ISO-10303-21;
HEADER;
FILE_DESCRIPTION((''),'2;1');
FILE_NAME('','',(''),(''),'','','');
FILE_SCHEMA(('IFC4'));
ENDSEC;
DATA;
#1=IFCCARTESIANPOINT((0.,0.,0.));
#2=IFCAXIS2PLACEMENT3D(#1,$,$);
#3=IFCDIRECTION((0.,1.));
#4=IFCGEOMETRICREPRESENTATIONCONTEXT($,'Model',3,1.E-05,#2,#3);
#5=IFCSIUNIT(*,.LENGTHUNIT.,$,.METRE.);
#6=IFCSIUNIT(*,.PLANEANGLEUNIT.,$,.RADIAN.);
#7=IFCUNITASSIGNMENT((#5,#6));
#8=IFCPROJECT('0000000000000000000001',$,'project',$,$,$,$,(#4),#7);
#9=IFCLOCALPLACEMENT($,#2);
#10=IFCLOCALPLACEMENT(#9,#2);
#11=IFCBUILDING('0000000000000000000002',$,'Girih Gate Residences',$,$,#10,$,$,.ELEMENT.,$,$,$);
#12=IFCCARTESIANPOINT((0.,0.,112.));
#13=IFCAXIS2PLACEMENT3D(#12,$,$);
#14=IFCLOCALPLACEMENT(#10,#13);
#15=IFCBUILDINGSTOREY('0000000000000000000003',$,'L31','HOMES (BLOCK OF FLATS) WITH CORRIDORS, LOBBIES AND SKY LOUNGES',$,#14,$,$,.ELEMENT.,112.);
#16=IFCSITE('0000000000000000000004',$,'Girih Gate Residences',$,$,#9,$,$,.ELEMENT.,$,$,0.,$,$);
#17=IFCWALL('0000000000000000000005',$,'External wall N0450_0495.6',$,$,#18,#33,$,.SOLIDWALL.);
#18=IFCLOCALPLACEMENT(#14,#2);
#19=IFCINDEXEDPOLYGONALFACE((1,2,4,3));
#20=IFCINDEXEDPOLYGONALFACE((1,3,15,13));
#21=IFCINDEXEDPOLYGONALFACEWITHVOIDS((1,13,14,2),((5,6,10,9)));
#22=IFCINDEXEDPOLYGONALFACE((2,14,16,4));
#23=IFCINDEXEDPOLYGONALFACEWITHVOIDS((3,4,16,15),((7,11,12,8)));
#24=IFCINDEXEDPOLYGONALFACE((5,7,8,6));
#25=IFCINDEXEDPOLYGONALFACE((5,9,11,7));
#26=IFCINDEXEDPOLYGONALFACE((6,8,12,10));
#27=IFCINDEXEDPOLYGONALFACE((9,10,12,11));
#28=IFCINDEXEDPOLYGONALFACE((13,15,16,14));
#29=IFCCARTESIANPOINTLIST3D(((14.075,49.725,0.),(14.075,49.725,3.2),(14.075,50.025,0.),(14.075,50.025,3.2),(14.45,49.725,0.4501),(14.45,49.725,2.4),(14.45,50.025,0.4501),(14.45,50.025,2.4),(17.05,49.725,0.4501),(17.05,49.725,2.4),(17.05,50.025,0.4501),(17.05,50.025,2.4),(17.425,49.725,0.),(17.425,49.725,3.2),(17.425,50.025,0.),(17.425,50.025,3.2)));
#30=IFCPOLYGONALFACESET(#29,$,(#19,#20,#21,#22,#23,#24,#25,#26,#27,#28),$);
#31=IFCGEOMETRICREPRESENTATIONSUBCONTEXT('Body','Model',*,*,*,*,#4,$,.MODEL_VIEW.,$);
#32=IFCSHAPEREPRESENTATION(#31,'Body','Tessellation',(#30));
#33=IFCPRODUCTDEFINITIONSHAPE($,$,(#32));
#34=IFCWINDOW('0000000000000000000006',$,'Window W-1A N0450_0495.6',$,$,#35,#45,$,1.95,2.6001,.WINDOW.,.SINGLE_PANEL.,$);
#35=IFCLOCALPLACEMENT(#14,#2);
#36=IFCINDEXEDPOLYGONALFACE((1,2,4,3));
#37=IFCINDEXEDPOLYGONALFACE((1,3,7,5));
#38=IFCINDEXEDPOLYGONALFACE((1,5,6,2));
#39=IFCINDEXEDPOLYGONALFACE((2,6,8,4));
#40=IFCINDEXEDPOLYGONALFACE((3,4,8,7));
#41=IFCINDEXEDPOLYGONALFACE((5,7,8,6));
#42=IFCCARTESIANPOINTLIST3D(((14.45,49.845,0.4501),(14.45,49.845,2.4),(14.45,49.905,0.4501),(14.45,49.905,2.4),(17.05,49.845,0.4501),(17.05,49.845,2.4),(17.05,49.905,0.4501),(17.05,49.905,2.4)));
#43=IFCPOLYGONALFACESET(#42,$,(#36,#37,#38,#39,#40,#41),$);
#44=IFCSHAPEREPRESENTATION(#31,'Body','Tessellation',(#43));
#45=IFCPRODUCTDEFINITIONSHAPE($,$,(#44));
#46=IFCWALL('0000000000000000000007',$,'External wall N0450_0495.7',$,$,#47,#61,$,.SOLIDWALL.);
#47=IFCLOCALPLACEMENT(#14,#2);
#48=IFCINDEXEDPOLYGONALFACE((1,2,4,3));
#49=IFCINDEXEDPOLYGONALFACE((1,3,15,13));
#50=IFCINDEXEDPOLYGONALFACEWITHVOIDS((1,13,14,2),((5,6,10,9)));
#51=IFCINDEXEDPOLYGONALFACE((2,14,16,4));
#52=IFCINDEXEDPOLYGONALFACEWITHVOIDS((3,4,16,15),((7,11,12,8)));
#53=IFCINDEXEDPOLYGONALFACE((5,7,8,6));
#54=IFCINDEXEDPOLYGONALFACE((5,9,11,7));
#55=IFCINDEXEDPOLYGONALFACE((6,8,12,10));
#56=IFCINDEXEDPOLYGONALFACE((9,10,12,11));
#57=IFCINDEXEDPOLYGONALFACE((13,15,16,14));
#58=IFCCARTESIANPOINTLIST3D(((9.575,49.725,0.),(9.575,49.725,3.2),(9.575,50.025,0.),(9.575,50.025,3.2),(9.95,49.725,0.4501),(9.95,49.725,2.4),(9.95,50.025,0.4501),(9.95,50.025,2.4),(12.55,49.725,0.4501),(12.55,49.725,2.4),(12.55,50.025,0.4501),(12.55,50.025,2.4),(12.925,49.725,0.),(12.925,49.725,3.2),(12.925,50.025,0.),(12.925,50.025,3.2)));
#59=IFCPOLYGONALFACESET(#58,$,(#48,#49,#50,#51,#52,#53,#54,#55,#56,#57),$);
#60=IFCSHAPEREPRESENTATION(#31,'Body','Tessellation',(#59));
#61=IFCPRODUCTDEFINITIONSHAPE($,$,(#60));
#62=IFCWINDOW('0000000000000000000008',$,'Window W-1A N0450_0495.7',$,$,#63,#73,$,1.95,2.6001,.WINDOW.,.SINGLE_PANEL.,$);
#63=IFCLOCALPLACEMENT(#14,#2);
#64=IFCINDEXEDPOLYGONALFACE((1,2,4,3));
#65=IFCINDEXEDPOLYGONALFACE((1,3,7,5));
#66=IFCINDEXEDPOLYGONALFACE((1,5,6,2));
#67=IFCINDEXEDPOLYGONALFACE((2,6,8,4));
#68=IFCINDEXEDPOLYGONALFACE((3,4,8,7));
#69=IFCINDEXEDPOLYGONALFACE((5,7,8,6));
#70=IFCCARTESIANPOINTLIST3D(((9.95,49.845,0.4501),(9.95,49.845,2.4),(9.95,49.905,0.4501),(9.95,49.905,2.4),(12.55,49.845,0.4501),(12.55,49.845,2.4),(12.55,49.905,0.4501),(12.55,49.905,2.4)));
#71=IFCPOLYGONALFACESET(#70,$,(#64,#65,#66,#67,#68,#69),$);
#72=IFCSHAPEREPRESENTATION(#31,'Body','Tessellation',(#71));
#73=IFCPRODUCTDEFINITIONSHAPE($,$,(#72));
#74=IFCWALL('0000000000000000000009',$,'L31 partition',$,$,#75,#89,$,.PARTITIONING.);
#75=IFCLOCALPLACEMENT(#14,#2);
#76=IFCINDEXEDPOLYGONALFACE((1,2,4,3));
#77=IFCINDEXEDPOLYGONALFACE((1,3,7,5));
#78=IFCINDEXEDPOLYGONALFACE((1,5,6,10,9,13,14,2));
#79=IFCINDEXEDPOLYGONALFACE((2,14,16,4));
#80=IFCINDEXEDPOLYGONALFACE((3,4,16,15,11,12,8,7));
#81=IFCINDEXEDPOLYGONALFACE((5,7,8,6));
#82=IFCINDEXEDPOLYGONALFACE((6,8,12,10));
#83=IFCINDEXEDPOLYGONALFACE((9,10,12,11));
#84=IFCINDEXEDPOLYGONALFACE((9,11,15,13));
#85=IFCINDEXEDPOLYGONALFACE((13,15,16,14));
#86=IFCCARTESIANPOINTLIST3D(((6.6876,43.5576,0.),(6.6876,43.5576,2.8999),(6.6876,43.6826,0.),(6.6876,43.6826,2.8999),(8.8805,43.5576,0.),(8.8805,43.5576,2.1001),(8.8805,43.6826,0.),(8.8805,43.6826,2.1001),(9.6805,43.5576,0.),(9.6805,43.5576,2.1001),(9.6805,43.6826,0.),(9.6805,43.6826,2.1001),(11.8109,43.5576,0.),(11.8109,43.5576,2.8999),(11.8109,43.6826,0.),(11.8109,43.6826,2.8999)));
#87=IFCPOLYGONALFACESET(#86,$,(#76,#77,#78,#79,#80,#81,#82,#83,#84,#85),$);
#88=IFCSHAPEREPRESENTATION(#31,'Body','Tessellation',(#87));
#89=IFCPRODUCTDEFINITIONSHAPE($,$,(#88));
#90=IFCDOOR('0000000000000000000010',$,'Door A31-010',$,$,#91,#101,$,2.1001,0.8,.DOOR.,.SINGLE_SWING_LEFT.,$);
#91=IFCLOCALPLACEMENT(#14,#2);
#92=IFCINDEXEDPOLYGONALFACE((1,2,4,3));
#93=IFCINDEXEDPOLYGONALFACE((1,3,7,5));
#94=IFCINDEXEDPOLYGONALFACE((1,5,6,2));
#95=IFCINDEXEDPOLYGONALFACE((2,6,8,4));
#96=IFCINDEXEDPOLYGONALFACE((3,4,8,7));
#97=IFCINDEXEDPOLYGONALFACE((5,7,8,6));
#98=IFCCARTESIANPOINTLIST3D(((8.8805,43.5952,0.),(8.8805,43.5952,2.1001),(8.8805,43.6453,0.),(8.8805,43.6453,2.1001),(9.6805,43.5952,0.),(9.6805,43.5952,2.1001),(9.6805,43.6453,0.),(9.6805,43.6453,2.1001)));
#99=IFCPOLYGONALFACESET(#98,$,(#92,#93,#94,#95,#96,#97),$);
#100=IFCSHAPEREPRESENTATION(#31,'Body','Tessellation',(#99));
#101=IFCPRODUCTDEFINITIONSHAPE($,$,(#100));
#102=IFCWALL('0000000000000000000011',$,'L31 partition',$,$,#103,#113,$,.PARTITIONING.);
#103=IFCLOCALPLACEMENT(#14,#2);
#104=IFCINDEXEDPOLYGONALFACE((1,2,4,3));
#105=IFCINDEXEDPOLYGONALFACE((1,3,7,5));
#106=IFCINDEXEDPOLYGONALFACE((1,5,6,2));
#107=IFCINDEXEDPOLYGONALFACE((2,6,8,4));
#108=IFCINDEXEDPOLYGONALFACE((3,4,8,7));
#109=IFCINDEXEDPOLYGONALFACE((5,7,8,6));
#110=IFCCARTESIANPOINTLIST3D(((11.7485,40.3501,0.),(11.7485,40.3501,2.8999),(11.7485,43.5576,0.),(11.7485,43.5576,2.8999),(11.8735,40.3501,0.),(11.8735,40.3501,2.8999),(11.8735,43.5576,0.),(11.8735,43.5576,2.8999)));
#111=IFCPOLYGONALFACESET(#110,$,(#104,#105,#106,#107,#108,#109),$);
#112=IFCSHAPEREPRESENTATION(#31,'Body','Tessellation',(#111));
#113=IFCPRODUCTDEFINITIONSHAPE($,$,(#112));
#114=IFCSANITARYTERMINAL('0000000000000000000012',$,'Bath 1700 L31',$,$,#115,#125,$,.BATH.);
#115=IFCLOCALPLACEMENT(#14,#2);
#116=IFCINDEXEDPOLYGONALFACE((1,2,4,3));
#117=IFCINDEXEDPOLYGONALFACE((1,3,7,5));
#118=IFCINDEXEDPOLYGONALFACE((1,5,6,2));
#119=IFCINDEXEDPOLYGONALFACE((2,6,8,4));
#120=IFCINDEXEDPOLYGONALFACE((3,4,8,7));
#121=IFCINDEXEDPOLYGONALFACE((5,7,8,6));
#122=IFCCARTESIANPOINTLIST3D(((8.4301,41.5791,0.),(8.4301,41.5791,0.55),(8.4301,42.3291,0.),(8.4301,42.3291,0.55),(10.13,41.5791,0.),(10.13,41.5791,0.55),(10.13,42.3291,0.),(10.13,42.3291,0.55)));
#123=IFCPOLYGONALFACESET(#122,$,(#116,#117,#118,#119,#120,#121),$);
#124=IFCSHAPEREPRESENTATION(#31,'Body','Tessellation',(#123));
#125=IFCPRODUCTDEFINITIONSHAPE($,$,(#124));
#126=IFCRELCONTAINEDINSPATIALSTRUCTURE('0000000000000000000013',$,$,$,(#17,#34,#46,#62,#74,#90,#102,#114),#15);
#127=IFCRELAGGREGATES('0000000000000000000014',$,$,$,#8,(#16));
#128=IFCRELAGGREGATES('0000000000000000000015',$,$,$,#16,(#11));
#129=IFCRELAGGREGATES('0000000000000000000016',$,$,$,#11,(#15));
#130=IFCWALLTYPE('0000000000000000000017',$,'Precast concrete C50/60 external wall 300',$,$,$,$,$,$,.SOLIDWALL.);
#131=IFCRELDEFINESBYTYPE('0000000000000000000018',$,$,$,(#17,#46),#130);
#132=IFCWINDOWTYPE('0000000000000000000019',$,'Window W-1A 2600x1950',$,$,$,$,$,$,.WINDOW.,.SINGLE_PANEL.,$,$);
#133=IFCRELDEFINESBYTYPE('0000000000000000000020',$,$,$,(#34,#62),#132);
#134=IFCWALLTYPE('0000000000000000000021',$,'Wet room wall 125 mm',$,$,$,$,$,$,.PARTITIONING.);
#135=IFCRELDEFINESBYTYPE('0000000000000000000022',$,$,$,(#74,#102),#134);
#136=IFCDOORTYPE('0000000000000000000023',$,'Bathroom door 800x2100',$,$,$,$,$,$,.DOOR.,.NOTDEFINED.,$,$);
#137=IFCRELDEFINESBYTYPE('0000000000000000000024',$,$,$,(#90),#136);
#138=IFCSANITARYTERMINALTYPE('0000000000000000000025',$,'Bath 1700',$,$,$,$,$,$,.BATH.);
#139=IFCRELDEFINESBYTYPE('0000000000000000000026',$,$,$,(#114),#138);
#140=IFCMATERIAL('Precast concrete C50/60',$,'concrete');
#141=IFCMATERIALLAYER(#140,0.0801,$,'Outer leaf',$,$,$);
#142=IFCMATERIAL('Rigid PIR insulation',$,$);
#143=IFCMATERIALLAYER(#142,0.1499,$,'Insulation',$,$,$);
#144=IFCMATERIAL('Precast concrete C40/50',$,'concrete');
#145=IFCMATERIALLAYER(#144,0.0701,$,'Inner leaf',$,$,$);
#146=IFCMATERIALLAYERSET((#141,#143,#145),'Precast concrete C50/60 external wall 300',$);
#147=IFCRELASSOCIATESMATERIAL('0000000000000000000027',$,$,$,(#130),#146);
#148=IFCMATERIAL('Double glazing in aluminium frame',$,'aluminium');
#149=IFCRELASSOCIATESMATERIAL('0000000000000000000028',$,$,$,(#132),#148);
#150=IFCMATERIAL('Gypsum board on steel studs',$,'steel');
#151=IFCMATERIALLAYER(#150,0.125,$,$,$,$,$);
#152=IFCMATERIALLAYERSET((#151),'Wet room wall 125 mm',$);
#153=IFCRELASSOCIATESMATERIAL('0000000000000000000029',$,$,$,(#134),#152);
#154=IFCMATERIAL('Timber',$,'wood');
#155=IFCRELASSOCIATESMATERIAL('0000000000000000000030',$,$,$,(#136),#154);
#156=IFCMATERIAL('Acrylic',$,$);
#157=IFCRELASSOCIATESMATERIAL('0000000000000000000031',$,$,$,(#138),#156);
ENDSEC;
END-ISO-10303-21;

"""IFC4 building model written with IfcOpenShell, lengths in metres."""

from ifc_helpers import new_model, si_unit, direction, frame, frame_2d, origin, origin_2d, place, context, subcontext, project, spatial, rectangle, extrude, material, layer, layer_set, type_object, element, fill, save


model = new_model("IFC4")

# Units and contexts
model_context = context("Model", 3, precision=1e-05, world=origin(), true_north=direction((0.0, 1.0)))
body_context = subcontext(model_context, "Body", "Model", "MODEL_VIEW")
ifc_project = project(units=[si_unit("LENGTHUNIT", "METRE"), si_unit("PLANEANGLEUNIT", "RADIAN")], contexts=[model_context])

# Site, building, storey
site_placement = place(None, origin())
site = spatial("IfcSite", under=ifc_project, at=site_placement, Name="Girih Gate Residences", CompositionType="ELEMENT", RefElevation=0.0)
building_placement = place(site_placement, origin())
building = spatial("IfcBuilding", under=site, at=building_placement, Name="Girih Gate Residences", CompositionType="ELEMENT")
storey_placement = place(building_placement, frame((0.0, 0.0, 112.0)))
storey = spatial("IfcBuildingStorey", under=building, at=storey_placement, Name="L31", Description="HOMES (BLOCK OF FLATS) WITH CORRIDORS, LOBBIES AND SKY LOUNGES", CompositionType="ELEMENT", Elevation=112.0)

# Shared definitions
ifc_material_1 = material(Name="Gypsum board on steel studs", Category="steel")

# Shared definitions
ifc_material_2 = material(Name="Timber", Category="wood")

# Walls, openings, windows
ifc_material_3 = material(Name="Precast concrete C50/60", Category="concrete")
ifc_layer_1 = layer(ifc_material_3, 0.0801, Name="Outer leaf")
ifc_material_4 = material(Name="Rigid PIR insulation")
ifc_layer_2 = layer(ifc_material_4, 0.1499, Name="Insulation")
ifc_material_5 = material(Name="Precast concrete C40/50", Category="concrete")
ifc_layer_3 = layer(ifc_material_5, 0.0701, Name="Inner leaf")
ifc_layer_set_1 = layer_set([ifc_layer_1, ifc_layer_2, ifc_layer_3], Name="Precast concrete C50/60 external wall 300")
wall_type_1 = type_object("IfcWallType", Name="Precast concrete C50/60 external wall 300", PredefinedType="SOLIDWALL", material=ifc_layer_set_1)
ifc_material_6 = material(Name="Double glazing in aluminium frame", Category="aluminium")
window_type = type_object("IfcWindowType", Name="Window W-1A 2600x1950", PartitioningType="SINGLE_PANEL", PredefinedType="WINDOW", material=ifc_material_6)
wall_1_placement = place(storey_placement, frame((14.075, 49.875, 0.0), z_axis=(0.0, 0.0, 1.0), x_axis=(1.0, 0.0, 0.0)))
wall_1 = element("IfcWall", 1, at=wall_1_placement, inside=storey, type_object=wall_type_1, Name="External wall N0450_0495.6", PredefinedType="SOLIDWALL", context=body_context, shape_type="SweptSolid", body=[
    extrude(rectangle(XDim=3.3501, YDim=0.3, at=frame_2d((1.675, 0.0))), origin(), (0.0, 0.0, 1.0), 3.2),
])
opening_1_placement = place(wall_1_placement, frame((0.375, 0.0, 0.45)))
opening_1 = element("IfcOpeningElement", 2, at=opening_1_placement, cuts=wall_1, PredefinedType="OPENING", context=body_context, shape_type="SweptSolid", body=[
    extrude(rectangle(XDim=2.6001, YDim=1.95, at=frame_2d((1.3, 0.9751))), frame((0.0, 0.1599, 0.0), z_axis=(0.0, -1.0, 0.0), x_axis=(1.0, 0.0, 0.0)), (0.0, 0.0, 1.0), 0.3201),
])
window_1_placement = place(opening_1_placement, origin())
window_1 = element("IfcWindow", 3, at=window_1_placement, inside=storey, type_object=window_type, Name="Window W-1A N0450_0495.6", OverallHeight=1.95, OverallWidth=2.6001, PartitioningType="SINGLE_PANEL", PredefinedType="WINDOW", context=body_context, shape_type="SweptSolid", body=[
    extrude(rectangle(XDim=2.6001, YDim=1.95, at=frame_2d((1.3, 0.9751))), frame((0.0, 0.03, 0.0), z_axis=(0.0, -1.0, 0.0), x_axis=(1.0, 0.0, 0.0)), (0.0, 0.0, 1.0), 0.0601),
])
fill(opening_1, window_1)
wall_2_placement = place(storey_placement, frame((9.575, 49.875, 0.0), z_axis=(0.0, 0.0, 1.0), x_axis=(1.0, 0.0, 0.0)))
wall_2 = element("IfcWall", 4, at=wall_2_placement, inside=storey, type_object=wall_type_1, Name="External wall N0450_0495.7", PredefinedType="SOLIDWALL", context=body_context, shape_type="SweptSolid", body=[
    extrude(rectangle(XDim=3.3501, YDim=0.3, at=frame_2d((1.675, 0.0))), origin(), (0.0, 0.0, 1.0), 3.2),
])
opening_2_placement = place(wall_2_placement, frame((0.375, 0.0, 0.45)))
opening_2 = element("IfcOpeningElement", 5, at=opening_2_placement, cuts=wall_2, PredefinedType="OPENING", context=body_context, shape_type="SweptSolid", body=[
    extrude(rectangle(XDim=2.6001, YDim=1.95, at=frame_2d((1.3, 0.9751))), frame((0.0, 0.1599, 0.0), z_axis=(0.0, -1.0, 0.0), x_axis=(1.0, 0.0, 0.0)), (0.0, 0.0, 1.0), 0.3201),
])
window_2_placement = place(opening_2_placement, origin())
window_2 = element("IfcWindow", 6, at=window_2_placement, inside=storey, type_object=window_type, Name="Window W-1A N0450_0495.7", OverallHeight=1.95, OverallWidth=2.6001, PartitioningType="SINGLE_PANEL", PredefinedType="WINDOW", context=body_context, shape_type="SweptSolid", body=[
    extrude(rectangle(XDim=2.6001, YDim=1.95, at=frame_2d((1.3, 0.9751))), frame((0.0, 0.03, 0.0), z_axis=(0.0, -1.0, 0.0), x_axis=(1.0, 0.0, 0.0)), (0.0, 0.0, 1.0), 0.0601),
])
fill(opening_2, window_2)

# Wall, opening, door
ifc_layer_4 = layer(ifc_material_1, 0.125)
ifc_layer_set_2 = layer_set([ifc_layer_4], Name="Wet room wall 125 mm")
wall_type_2 = type_object("IfcWallType", Name="Wet room wall 125 mm", PredefinedType="PARTITIONING", material=ifc_layer_set_2)
wall_3_placement = place(storey_placement, frame((11.8108, 43.6201, 0.0), z_axis=(0.0, 0.0, 1.0), x_axis=(-1.0, 0.0, 0.0)))
wall_3 = element("IfcWall", 7, at=wall_3_placement, inside=storey, type_object=wall_type_2, Name="L31 partition", PredefinedType="PARTITIONING", context=body_context, shape_type="SweptSolid", body=[
    extrude(rectangle(XDim=5.1233, YDim=0.125, at=frame_2d((2.5615, 0.0))), origin(), (0.0, 0.0, 1.0), 2.8999),
])
opening_3_placement = place(wall_3_placement, frame((2.1304, 0.0, 0.0)))
opening_3 = element("IfcOpeningElement", 8, at=opening_3_placement, cuts=wall_3, PredefinedType="OPENING", context=body_context, shape_type="SweptSolid", body=[
    extrude(rectangle(XDim=0.8, YDim=2.1001, at=frame_2d((0.3999, 1.05))), frame((0.0, 0.0725, 0.0), z_axis=(0.0, -1.0, 0.0), x_axis=(1.0, 0.0, 0.0)), (0.0, 0.0, 1.0), 0.145),
])
door_type_1 = type_object("IfcDoorType", Name="Bathroom door 800x2100", OperationType="NOTDEFINED", PredefinedType="DOOR", material=ifc_material_2)
door_1_placement = place(opening_3_placement, origin())
door_1 = element("IfcDoor", 9, at=door_1_placement, inside=storey, type_object=door_type_1, Name="Door A31-010", OperationType="SINGLE_SWING_LEFT", OverallHeight=2.1001, OverallWidth=0.8, PredefinedType="DOOR", context=body_context, shape_type="SweptSolid", body=[
    extrude(rectangle(XDim=0.8, YDim=2.1001, at=frame_2d((0.3999, 1.05))), frame((0.0, 0.0249, 0.0), z_axis=(0.0, -1.0, 0.0), x_axis=(1.0, 0.0, 0.0)), (0.0, 0.0, 1.0), 0.05),
])
fill(opening_3, door_1)

# Wall
wall_4_placement = place(storey_placement, frame((11.811, 40.3501, 0.0), z_axis=(0.0, 0.0, 1.0), x_axis=(0.0, 1.0, 0.0)))
element("IfcWall", 10, at=wall_4_placement, inside=storey, type_object=wall_type_2, Name="L31 partition", PredefinedType="PARTITIONING", context=body_context, shape_type="SweptSolid", body=[
    extrude(rectangle(XDim=3.2075, YDim=0.125, at=frame_2d((1.6038, 0.0))), origin(), (0.0, 0.0, 1.0), 2.8999),
])

# Sanitary terminal
ifc_material_7 = material(Name="Acrylic")
sanitary_terminal_type = type_object("IfcSanitaryTerminalType", Name="Bath 1700", PredefinedType="BATH", material=ifc_material_7)
sanitary_terminal_placement = place(storey_placement, frame((9.28, 41.9541, 0.0), z_axis=(0.0, 0.0, 1.0), x_axis=(1.0, 0.0, 0.0)))
element("IfcSanitaryTerminal", 11, at=sanitary_terminal_placement, inside=storey, type_object=sanitary_terminal_type, Name="Bath 1700 L31", PredefinedType="BATH", context=body_context, shape_type="SweptSolid", body=[
    extrude(rectangle(XDim=1.7, YDim=0.75, at=origin_2d()), origin(), (0.0, 0.0, 1.0), 0.55),
])

save(model, "model.ifc")
